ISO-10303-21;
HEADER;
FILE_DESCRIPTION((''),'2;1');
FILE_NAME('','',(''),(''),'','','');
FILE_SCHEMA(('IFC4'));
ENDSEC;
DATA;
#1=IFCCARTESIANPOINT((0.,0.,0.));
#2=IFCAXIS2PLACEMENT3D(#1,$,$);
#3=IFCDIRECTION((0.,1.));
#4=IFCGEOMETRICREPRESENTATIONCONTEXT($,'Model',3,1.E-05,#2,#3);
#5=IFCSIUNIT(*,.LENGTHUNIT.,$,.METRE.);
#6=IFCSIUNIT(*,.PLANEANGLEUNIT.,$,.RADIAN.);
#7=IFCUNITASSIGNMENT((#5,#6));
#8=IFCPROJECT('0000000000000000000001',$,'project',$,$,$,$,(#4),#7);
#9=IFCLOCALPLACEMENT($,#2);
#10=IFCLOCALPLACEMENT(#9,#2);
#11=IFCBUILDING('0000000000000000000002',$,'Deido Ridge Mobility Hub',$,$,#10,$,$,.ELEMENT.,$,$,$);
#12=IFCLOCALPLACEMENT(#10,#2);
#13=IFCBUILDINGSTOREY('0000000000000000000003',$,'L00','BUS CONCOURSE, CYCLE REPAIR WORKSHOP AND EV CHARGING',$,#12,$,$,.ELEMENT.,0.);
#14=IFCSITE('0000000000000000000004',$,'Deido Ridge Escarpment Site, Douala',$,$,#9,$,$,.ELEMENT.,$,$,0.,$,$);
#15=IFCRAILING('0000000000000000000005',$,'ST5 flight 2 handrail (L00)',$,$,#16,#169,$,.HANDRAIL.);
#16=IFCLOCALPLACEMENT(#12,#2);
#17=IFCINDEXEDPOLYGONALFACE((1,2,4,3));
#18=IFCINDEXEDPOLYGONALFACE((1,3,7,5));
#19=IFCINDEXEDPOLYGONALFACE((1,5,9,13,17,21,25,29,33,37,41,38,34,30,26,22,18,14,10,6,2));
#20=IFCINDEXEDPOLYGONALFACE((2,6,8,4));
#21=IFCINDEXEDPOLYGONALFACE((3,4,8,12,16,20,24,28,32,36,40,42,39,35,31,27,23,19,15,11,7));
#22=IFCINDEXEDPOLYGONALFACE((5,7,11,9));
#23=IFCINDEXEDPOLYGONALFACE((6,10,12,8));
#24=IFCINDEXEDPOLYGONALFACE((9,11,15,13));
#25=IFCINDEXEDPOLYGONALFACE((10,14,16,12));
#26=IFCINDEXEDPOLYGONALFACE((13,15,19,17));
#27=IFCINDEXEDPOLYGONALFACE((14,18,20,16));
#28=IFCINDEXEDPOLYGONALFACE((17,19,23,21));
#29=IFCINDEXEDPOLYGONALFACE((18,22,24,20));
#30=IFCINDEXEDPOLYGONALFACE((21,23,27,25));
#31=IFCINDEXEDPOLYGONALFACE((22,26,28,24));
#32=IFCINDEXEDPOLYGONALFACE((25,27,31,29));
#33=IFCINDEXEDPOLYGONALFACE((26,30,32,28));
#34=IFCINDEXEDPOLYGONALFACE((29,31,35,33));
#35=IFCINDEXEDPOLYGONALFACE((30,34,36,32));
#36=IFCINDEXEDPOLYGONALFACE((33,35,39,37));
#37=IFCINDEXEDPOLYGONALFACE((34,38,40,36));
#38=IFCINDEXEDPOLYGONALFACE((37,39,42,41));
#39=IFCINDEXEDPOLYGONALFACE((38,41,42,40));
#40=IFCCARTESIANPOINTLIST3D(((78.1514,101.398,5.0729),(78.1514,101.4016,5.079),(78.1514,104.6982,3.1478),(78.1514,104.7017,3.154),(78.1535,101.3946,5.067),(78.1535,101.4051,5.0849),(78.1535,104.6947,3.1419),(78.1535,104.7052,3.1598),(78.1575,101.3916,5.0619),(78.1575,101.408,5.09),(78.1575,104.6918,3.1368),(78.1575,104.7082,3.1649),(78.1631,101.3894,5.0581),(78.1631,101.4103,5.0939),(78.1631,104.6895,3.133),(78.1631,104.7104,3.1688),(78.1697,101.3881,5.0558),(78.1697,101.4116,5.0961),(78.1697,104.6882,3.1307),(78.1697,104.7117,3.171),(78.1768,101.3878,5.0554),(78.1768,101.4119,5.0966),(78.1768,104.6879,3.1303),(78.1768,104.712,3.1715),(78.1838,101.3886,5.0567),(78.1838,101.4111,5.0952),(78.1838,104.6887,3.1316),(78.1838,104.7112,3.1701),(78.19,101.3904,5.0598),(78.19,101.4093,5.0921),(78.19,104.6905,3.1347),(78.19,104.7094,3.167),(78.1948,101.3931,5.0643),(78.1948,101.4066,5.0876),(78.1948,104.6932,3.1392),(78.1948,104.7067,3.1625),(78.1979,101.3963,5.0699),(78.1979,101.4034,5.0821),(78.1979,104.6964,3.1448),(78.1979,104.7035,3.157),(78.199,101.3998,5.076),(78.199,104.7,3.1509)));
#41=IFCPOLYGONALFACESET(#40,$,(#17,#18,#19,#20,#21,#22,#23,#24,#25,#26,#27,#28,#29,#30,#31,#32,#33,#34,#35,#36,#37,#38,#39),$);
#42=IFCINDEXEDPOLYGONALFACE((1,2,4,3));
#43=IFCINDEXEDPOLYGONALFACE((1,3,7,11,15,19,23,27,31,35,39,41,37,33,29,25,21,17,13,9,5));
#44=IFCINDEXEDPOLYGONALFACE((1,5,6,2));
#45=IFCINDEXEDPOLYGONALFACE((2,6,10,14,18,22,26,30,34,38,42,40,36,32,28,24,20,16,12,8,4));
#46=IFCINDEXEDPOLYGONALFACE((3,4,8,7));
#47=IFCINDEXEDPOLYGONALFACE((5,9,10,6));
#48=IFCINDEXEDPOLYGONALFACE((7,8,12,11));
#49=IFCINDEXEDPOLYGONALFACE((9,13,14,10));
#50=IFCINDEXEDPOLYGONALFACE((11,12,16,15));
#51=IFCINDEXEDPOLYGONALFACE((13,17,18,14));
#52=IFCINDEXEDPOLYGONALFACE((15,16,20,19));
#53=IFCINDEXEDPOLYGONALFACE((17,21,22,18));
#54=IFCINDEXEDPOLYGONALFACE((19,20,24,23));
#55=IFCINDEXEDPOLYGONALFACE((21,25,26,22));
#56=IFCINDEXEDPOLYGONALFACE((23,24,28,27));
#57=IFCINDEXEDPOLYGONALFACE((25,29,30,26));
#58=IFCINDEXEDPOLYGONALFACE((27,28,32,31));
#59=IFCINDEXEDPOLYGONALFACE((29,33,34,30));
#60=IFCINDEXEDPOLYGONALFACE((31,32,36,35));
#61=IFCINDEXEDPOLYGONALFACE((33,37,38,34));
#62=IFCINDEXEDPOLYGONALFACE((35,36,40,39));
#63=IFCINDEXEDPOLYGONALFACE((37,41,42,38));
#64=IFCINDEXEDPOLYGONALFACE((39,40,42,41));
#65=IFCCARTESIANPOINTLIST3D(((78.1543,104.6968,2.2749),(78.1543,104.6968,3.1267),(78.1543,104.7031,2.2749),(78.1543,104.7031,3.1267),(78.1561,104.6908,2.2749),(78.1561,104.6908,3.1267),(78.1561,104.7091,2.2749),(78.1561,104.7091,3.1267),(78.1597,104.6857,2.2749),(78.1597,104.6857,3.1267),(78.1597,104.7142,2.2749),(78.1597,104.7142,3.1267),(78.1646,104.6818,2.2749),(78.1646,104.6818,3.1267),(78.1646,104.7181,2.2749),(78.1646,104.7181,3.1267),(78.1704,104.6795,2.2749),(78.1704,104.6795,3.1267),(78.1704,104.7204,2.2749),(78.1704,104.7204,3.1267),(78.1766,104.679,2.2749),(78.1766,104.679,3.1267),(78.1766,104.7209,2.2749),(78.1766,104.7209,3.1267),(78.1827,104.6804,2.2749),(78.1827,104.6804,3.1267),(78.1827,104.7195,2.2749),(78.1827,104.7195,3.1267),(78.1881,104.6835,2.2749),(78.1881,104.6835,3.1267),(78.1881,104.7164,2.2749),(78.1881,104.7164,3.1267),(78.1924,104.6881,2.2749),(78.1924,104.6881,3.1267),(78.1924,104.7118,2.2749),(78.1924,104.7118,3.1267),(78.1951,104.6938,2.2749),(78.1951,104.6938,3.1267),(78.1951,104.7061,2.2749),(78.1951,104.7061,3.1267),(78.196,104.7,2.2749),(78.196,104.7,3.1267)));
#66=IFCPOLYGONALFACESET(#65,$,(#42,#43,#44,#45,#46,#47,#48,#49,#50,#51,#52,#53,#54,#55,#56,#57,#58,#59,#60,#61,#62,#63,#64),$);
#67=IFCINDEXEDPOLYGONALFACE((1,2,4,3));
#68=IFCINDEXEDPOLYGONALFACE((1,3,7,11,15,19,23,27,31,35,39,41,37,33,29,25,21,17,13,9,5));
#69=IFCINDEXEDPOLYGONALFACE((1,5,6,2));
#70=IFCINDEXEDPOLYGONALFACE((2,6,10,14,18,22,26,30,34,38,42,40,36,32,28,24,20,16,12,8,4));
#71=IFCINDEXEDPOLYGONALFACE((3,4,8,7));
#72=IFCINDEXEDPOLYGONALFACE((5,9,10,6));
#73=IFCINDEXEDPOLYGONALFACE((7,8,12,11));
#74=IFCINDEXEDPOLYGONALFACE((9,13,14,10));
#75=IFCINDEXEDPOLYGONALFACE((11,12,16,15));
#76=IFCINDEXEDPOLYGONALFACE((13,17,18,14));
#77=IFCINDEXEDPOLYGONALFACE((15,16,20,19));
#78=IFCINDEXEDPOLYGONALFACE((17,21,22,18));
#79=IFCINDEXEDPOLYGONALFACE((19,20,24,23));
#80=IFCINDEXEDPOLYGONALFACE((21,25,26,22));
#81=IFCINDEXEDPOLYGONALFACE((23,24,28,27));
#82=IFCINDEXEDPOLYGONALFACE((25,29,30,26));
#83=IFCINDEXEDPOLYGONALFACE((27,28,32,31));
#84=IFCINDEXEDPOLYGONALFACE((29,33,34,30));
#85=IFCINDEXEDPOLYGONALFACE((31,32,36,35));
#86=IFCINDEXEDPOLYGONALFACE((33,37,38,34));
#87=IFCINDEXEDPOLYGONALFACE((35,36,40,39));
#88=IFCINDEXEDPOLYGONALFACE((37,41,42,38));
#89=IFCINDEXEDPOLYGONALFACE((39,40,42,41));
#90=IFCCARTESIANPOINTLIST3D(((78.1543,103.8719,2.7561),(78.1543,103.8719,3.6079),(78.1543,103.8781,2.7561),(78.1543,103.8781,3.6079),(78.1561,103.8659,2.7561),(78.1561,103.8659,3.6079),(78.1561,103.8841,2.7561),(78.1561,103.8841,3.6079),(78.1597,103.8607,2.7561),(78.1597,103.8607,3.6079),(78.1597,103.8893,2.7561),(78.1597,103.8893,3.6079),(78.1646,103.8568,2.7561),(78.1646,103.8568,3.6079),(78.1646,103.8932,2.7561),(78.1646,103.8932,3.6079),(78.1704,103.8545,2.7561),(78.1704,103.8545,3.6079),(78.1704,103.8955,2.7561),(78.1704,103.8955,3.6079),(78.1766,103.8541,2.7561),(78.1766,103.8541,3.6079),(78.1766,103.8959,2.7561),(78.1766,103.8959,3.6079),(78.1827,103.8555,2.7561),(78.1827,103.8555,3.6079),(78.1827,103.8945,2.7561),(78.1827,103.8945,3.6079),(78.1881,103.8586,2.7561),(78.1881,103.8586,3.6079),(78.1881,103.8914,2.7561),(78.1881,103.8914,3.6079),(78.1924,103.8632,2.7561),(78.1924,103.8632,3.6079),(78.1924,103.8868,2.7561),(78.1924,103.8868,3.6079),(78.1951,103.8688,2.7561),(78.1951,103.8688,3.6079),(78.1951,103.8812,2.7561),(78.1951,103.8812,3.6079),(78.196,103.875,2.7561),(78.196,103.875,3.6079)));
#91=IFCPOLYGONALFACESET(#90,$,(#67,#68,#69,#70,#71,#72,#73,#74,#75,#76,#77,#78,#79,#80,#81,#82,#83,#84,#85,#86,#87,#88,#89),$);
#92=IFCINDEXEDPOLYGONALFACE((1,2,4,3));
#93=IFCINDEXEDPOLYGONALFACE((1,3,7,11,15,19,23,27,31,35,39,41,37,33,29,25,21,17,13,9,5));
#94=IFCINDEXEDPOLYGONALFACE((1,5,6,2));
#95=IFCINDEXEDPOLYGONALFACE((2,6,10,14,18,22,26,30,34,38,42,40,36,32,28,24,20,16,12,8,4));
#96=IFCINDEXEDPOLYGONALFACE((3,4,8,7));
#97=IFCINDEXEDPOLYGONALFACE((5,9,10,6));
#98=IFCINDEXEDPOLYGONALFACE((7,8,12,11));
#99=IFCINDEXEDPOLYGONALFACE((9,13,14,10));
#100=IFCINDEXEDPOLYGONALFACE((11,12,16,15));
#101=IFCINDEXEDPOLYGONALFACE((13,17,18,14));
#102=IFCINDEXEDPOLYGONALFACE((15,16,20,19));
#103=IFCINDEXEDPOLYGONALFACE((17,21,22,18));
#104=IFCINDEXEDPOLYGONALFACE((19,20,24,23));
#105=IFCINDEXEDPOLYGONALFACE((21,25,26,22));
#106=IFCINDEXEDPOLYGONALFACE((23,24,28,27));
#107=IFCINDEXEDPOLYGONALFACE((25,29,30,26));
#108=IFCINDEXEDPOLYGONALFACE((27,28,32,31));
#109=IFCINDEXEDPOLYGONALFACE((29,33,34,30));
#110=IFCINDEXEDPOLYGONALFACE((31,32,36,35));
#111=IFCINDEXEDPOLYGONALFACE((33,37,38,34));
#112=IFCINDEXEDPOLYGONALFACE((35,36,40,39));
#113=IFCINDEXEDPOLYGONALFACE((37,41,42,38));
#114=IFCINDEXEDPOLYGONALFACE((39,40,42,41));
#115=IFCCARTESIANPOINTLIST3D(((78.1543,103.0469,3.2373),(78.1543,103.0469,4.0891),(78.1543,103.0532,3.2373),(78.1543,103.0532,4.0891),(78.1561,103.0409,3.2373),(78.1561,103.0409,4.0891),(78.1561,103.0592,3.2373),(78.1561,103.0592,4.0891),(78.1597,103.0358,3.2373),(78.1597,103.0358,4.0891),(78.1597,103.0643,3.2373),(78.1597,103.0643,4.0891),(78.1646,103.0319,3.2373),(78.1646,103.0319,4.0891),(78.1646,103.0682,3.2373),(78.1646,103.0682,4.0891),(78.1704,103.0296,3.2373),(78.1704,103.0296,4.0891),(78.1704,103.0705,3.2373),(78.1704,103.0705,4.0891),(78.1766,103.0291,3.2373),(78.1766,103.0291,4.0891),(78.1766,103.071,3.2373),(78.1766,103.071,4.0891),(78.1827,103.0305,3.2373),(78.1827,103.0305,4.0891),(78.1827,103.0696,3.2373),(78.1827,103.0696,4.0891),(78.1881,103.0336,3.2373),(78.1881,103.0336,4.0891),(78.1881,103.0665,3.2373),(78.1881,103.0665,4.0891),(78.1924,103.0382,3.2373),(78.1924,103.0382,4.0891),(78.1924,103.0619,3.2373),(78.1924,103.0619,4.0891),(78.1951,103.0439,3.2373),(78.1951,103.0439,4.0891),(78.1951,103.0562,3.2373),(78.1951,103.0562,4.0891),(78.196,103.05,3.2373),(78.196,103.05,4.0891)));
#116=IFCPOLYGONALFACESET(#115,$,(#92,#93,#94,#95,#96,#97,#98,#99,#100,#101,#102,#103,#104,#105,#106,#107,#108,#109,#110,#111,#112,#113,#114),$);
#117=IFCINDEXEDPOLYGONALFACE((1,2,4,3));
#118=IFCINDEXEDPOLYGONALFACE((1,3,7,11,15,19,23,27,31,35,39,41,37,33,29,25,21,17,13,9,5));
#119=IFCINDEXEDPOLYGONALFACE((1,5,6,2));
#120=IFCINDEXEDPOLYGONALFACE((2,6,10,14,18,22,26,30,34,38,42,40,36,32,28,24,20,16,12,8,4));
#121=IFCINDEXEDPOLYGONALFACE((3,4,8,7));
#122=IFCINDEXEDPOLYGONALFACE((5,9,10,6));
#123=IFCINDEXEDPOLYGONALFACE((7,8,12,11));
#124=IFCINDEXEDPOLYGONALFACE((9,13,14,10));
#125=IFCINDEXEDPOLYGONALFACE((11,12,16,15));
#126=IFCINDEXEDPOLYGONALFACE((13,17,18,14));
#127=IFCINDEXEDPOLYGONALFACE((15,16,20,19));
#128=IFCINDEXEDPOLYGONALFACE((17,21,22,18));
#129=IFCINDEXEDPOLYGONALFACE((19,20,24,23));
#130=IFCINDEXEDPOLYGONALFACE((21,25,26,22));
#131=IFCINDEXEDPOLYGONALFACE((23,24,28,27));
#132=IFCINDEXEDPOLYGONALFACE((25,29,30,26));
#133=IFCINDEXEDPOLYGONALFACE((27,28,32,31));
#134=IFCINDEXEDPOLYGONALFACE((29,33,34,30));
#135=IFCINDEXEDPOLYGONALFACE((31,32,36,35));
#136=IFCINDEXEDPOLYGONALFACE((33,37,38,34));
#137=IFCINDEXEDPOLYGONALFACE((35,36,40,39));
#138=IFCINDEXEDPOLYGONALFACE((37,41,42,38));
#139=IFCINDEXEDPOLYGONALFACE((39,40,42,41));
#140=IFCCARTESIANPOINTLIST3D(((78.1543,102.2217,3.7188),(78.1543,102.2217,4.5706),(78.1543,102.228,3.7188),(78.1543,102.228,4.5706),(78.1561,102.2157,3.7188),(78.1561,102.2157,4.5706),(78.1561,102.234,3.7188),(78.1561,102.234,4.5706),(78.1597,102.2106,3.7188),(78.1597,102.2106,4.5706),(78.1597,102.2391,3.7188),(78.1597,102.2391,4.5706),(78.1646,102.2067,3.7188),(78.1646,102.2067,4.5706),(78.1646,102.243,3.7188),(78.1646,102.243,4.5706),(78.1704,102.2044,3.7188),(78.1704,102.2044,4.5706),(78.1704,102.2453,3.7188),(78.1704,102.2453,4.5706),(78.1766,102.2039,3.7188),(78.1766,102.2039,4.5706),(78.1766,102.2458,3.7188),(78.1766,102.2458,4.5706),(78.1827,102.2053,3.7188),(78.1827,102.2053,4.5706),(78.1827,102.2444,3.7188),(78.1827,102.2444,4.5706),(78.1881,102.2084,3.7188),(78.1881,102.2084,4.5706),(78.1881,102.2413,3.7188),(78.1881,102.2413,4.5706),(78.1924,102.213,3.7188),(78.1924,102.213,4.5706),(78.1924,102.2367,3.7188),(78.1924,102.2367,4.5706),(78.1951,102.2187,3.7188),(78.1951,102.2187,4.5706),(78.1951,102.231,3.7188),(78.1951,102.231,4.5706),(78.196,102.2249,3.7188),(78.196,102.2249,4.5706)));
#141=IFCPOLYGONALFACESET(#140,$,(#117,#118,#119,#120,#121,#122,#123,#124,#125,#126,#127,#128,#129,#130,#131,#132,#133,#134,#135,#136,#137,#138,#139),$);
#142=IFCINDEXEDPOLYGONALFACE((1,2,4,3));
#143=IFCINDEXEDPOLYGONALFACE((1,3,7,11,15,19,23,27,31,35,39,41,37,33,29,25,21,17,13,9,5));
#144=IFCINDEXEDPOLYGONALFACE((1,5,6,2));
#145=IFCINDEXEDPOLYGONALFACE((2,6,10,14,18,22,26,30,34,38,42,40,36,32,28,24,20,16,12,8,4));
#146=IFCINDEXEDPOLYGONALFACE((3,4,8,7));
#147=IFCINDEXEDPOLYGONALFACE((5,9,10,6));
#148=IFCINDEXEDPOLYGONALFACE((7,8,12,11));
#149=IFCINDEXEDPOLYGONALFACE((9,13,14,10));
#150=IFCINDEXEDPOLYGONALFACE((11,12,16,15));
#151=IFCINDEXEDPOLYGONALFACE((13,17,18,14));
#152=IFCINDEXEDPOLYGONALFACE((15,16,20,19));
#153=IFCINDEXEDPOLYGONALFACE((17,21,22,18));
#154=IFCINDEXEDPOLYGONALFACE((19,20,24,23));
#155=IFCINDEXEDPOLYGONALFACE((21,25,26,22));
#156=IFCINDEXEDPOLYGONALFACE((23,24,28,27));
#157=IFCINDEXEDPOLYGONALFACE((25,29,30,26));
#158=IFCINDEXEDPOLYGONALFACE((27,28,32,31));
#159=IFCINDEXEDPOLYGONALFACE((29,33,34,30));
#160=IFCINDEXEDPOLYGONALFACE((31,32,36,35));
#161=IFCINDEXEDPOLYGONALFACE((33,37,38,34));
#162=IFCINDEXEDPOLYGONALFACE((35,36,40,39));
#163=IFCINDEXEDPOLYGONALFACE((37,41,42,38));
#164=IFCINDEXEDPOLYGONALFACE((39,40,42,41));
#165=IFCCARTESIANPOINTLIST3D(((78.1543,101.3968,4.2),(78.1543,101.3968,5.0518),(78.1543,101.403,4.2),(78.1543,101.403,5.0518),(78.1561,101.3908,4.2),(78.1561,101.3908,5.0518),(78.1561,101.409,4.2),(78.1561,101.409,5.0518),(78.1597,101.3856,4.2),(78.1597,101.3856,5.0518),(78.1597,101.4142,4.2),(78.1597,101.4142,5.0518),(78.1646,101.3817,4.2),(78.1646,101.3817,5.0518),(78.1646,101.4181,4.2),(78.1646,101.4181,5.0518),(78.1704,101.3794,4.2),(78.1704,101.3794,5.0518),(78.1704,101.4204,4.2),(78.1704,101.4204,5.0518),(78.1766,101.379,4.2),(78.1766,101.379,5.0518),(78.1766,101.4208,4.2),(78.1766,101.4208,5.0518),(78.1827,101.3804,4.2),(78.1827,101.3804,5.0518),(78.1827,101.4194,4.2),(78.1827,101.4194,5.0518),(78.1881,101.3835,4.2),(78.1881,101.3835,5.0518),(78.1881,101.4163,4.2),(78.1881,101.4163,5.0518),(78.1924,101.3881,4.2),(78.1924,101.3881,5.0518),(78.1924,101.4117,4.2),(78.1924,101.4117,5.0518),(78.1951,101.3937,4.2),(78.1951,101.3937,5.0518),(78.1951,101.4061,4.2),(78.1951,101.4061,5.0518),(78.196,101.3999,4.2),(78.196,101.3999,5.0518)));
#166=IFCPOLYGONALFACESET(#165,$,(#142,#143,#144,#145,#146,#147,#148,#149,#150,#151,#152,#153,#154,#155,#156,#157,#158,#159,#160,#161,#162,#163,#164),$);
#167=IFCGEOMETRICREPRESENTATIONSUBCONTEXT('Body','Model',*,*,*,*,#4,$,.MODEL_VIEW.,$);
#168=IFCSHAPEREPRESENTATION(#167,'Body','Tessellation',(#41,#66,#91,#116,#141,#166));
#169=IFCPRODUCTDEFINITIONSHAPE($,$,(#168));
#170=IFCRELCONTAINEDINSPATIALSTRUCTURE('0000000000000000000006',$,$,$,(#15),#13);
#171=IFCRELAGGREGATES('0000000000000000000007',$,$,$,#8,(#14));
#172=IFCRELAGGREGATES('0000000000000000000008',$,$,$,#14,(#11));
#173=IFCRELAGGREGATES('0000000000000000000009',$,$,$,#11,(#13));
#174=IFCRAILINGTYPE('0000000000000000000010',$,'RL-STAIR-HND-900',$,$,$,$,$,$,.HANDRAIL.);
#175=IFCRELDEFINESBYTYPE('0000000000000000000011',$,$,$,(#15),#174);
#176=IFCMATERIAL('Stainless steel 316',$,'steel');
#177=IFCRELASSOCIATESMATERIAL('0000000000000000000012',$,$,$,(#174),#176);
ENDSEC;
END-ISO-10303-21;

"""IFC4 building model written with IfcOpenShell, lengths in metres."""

from ifc_helpers import new_model, si_unit, direction, frame, origin, origin_2d, place, context, subcontext, project, spatial, circle, extrude, material, type_object, element, save


model = new_model("IFC4")

# Units and contexts
model_context = context("Model", 3, precision=1e-05, world=origin(), true_north=direction((0.0, 1.0)))
body_context = subcontext(model_context, "Body", "Model", "MODEL_VIEW")
ifc_project = project(units=[si_unit("LENGTHUNIT", "METRE"), si_unit("PLANEANGLEUNIT", "RADIAN")], contexts=[model_context])

# Site, building, storey
site_placement = place(None, origin())
site = spatial("IfcSite", under=ifc_project, at=site_placement, Name="Deido Ridge Escarpment Site, Douala", CompositionType="ELEMENT", RefElevation=0.0)
building_placement = place(site_placement, origin())
building = spatial("IfcBuilding", under=site, at=building_placement, Name="Deido Ridge Mobility Hub", CompositionType="ELEMENT")
storey_placement = place(building_placement, origin())
storey = spatial("IfcBuildingStorey", under=building, at=storey_placement, Name="L00", Description="BUS CONCOURSE, CYCLE REPAIR WORKSHOP AND EV CHARGING", CompositionType="ELEMENT", Elevation=0.0)

# Shared definitions
ifc_material_1 = material(Name="Stainless steel 316", Category="steel")

# Railing
railing_type_1 = type_object("IfcRailingType", Name="RL-STAIR-HND-900", PredefinedType="HANDRAIL", material=ifc_material_1)
railing_1_placement = place(storey_placement, frame((78.175, 104.7, 2.2749)))
element("IfcRailing", 1, at=railing_1_placement, inside=storey, type_object=railing_type_1, Name="ST5 flight 2 handrail (L00)", PredefinedType="HANDRAIL", context=body_context, shape_type="SweptSolid", body=[
    extrude(circle(Radius=0.0239, at=origin_2d()), frame((0.0, 0.0, 0.876), z_axis=(0.0, -0.863777, 0.503875), x_axis=(1.0, 0.0, 0.0)), (0.0, 0.0, 1.0), 3.8206),
    extrude(circle(Radius=0.021, at=origin_2d()), origin(), (0.0, 0.0, 1.0), 0.8518),
    extrude(circle(Radius=0.021, at=origin_2d()), frame((0.0, -0.825, 0.4812)), (0.0, 0.0, 1.0), 0.8518),
    extrude(circle(Radius=0.021, at=origin_2d()), frame((0.0, -1.6499, 0.9624)), (0.0, 0.0, 1.0), 0.8518),
    extrude(circle(Radius=0.021, at=origin_2d()), frame((0.0, -2.4751, 1.4438)), (0.0, 0.0, 1.0), 0.8518),
    extrude(circle(Radius=0.021, at=origin_2d()), frame((0.0, -3.3, 1.925)), (0.0, 0.0, 1.0), 0.8518),
])

save(model, "model.ifc")
